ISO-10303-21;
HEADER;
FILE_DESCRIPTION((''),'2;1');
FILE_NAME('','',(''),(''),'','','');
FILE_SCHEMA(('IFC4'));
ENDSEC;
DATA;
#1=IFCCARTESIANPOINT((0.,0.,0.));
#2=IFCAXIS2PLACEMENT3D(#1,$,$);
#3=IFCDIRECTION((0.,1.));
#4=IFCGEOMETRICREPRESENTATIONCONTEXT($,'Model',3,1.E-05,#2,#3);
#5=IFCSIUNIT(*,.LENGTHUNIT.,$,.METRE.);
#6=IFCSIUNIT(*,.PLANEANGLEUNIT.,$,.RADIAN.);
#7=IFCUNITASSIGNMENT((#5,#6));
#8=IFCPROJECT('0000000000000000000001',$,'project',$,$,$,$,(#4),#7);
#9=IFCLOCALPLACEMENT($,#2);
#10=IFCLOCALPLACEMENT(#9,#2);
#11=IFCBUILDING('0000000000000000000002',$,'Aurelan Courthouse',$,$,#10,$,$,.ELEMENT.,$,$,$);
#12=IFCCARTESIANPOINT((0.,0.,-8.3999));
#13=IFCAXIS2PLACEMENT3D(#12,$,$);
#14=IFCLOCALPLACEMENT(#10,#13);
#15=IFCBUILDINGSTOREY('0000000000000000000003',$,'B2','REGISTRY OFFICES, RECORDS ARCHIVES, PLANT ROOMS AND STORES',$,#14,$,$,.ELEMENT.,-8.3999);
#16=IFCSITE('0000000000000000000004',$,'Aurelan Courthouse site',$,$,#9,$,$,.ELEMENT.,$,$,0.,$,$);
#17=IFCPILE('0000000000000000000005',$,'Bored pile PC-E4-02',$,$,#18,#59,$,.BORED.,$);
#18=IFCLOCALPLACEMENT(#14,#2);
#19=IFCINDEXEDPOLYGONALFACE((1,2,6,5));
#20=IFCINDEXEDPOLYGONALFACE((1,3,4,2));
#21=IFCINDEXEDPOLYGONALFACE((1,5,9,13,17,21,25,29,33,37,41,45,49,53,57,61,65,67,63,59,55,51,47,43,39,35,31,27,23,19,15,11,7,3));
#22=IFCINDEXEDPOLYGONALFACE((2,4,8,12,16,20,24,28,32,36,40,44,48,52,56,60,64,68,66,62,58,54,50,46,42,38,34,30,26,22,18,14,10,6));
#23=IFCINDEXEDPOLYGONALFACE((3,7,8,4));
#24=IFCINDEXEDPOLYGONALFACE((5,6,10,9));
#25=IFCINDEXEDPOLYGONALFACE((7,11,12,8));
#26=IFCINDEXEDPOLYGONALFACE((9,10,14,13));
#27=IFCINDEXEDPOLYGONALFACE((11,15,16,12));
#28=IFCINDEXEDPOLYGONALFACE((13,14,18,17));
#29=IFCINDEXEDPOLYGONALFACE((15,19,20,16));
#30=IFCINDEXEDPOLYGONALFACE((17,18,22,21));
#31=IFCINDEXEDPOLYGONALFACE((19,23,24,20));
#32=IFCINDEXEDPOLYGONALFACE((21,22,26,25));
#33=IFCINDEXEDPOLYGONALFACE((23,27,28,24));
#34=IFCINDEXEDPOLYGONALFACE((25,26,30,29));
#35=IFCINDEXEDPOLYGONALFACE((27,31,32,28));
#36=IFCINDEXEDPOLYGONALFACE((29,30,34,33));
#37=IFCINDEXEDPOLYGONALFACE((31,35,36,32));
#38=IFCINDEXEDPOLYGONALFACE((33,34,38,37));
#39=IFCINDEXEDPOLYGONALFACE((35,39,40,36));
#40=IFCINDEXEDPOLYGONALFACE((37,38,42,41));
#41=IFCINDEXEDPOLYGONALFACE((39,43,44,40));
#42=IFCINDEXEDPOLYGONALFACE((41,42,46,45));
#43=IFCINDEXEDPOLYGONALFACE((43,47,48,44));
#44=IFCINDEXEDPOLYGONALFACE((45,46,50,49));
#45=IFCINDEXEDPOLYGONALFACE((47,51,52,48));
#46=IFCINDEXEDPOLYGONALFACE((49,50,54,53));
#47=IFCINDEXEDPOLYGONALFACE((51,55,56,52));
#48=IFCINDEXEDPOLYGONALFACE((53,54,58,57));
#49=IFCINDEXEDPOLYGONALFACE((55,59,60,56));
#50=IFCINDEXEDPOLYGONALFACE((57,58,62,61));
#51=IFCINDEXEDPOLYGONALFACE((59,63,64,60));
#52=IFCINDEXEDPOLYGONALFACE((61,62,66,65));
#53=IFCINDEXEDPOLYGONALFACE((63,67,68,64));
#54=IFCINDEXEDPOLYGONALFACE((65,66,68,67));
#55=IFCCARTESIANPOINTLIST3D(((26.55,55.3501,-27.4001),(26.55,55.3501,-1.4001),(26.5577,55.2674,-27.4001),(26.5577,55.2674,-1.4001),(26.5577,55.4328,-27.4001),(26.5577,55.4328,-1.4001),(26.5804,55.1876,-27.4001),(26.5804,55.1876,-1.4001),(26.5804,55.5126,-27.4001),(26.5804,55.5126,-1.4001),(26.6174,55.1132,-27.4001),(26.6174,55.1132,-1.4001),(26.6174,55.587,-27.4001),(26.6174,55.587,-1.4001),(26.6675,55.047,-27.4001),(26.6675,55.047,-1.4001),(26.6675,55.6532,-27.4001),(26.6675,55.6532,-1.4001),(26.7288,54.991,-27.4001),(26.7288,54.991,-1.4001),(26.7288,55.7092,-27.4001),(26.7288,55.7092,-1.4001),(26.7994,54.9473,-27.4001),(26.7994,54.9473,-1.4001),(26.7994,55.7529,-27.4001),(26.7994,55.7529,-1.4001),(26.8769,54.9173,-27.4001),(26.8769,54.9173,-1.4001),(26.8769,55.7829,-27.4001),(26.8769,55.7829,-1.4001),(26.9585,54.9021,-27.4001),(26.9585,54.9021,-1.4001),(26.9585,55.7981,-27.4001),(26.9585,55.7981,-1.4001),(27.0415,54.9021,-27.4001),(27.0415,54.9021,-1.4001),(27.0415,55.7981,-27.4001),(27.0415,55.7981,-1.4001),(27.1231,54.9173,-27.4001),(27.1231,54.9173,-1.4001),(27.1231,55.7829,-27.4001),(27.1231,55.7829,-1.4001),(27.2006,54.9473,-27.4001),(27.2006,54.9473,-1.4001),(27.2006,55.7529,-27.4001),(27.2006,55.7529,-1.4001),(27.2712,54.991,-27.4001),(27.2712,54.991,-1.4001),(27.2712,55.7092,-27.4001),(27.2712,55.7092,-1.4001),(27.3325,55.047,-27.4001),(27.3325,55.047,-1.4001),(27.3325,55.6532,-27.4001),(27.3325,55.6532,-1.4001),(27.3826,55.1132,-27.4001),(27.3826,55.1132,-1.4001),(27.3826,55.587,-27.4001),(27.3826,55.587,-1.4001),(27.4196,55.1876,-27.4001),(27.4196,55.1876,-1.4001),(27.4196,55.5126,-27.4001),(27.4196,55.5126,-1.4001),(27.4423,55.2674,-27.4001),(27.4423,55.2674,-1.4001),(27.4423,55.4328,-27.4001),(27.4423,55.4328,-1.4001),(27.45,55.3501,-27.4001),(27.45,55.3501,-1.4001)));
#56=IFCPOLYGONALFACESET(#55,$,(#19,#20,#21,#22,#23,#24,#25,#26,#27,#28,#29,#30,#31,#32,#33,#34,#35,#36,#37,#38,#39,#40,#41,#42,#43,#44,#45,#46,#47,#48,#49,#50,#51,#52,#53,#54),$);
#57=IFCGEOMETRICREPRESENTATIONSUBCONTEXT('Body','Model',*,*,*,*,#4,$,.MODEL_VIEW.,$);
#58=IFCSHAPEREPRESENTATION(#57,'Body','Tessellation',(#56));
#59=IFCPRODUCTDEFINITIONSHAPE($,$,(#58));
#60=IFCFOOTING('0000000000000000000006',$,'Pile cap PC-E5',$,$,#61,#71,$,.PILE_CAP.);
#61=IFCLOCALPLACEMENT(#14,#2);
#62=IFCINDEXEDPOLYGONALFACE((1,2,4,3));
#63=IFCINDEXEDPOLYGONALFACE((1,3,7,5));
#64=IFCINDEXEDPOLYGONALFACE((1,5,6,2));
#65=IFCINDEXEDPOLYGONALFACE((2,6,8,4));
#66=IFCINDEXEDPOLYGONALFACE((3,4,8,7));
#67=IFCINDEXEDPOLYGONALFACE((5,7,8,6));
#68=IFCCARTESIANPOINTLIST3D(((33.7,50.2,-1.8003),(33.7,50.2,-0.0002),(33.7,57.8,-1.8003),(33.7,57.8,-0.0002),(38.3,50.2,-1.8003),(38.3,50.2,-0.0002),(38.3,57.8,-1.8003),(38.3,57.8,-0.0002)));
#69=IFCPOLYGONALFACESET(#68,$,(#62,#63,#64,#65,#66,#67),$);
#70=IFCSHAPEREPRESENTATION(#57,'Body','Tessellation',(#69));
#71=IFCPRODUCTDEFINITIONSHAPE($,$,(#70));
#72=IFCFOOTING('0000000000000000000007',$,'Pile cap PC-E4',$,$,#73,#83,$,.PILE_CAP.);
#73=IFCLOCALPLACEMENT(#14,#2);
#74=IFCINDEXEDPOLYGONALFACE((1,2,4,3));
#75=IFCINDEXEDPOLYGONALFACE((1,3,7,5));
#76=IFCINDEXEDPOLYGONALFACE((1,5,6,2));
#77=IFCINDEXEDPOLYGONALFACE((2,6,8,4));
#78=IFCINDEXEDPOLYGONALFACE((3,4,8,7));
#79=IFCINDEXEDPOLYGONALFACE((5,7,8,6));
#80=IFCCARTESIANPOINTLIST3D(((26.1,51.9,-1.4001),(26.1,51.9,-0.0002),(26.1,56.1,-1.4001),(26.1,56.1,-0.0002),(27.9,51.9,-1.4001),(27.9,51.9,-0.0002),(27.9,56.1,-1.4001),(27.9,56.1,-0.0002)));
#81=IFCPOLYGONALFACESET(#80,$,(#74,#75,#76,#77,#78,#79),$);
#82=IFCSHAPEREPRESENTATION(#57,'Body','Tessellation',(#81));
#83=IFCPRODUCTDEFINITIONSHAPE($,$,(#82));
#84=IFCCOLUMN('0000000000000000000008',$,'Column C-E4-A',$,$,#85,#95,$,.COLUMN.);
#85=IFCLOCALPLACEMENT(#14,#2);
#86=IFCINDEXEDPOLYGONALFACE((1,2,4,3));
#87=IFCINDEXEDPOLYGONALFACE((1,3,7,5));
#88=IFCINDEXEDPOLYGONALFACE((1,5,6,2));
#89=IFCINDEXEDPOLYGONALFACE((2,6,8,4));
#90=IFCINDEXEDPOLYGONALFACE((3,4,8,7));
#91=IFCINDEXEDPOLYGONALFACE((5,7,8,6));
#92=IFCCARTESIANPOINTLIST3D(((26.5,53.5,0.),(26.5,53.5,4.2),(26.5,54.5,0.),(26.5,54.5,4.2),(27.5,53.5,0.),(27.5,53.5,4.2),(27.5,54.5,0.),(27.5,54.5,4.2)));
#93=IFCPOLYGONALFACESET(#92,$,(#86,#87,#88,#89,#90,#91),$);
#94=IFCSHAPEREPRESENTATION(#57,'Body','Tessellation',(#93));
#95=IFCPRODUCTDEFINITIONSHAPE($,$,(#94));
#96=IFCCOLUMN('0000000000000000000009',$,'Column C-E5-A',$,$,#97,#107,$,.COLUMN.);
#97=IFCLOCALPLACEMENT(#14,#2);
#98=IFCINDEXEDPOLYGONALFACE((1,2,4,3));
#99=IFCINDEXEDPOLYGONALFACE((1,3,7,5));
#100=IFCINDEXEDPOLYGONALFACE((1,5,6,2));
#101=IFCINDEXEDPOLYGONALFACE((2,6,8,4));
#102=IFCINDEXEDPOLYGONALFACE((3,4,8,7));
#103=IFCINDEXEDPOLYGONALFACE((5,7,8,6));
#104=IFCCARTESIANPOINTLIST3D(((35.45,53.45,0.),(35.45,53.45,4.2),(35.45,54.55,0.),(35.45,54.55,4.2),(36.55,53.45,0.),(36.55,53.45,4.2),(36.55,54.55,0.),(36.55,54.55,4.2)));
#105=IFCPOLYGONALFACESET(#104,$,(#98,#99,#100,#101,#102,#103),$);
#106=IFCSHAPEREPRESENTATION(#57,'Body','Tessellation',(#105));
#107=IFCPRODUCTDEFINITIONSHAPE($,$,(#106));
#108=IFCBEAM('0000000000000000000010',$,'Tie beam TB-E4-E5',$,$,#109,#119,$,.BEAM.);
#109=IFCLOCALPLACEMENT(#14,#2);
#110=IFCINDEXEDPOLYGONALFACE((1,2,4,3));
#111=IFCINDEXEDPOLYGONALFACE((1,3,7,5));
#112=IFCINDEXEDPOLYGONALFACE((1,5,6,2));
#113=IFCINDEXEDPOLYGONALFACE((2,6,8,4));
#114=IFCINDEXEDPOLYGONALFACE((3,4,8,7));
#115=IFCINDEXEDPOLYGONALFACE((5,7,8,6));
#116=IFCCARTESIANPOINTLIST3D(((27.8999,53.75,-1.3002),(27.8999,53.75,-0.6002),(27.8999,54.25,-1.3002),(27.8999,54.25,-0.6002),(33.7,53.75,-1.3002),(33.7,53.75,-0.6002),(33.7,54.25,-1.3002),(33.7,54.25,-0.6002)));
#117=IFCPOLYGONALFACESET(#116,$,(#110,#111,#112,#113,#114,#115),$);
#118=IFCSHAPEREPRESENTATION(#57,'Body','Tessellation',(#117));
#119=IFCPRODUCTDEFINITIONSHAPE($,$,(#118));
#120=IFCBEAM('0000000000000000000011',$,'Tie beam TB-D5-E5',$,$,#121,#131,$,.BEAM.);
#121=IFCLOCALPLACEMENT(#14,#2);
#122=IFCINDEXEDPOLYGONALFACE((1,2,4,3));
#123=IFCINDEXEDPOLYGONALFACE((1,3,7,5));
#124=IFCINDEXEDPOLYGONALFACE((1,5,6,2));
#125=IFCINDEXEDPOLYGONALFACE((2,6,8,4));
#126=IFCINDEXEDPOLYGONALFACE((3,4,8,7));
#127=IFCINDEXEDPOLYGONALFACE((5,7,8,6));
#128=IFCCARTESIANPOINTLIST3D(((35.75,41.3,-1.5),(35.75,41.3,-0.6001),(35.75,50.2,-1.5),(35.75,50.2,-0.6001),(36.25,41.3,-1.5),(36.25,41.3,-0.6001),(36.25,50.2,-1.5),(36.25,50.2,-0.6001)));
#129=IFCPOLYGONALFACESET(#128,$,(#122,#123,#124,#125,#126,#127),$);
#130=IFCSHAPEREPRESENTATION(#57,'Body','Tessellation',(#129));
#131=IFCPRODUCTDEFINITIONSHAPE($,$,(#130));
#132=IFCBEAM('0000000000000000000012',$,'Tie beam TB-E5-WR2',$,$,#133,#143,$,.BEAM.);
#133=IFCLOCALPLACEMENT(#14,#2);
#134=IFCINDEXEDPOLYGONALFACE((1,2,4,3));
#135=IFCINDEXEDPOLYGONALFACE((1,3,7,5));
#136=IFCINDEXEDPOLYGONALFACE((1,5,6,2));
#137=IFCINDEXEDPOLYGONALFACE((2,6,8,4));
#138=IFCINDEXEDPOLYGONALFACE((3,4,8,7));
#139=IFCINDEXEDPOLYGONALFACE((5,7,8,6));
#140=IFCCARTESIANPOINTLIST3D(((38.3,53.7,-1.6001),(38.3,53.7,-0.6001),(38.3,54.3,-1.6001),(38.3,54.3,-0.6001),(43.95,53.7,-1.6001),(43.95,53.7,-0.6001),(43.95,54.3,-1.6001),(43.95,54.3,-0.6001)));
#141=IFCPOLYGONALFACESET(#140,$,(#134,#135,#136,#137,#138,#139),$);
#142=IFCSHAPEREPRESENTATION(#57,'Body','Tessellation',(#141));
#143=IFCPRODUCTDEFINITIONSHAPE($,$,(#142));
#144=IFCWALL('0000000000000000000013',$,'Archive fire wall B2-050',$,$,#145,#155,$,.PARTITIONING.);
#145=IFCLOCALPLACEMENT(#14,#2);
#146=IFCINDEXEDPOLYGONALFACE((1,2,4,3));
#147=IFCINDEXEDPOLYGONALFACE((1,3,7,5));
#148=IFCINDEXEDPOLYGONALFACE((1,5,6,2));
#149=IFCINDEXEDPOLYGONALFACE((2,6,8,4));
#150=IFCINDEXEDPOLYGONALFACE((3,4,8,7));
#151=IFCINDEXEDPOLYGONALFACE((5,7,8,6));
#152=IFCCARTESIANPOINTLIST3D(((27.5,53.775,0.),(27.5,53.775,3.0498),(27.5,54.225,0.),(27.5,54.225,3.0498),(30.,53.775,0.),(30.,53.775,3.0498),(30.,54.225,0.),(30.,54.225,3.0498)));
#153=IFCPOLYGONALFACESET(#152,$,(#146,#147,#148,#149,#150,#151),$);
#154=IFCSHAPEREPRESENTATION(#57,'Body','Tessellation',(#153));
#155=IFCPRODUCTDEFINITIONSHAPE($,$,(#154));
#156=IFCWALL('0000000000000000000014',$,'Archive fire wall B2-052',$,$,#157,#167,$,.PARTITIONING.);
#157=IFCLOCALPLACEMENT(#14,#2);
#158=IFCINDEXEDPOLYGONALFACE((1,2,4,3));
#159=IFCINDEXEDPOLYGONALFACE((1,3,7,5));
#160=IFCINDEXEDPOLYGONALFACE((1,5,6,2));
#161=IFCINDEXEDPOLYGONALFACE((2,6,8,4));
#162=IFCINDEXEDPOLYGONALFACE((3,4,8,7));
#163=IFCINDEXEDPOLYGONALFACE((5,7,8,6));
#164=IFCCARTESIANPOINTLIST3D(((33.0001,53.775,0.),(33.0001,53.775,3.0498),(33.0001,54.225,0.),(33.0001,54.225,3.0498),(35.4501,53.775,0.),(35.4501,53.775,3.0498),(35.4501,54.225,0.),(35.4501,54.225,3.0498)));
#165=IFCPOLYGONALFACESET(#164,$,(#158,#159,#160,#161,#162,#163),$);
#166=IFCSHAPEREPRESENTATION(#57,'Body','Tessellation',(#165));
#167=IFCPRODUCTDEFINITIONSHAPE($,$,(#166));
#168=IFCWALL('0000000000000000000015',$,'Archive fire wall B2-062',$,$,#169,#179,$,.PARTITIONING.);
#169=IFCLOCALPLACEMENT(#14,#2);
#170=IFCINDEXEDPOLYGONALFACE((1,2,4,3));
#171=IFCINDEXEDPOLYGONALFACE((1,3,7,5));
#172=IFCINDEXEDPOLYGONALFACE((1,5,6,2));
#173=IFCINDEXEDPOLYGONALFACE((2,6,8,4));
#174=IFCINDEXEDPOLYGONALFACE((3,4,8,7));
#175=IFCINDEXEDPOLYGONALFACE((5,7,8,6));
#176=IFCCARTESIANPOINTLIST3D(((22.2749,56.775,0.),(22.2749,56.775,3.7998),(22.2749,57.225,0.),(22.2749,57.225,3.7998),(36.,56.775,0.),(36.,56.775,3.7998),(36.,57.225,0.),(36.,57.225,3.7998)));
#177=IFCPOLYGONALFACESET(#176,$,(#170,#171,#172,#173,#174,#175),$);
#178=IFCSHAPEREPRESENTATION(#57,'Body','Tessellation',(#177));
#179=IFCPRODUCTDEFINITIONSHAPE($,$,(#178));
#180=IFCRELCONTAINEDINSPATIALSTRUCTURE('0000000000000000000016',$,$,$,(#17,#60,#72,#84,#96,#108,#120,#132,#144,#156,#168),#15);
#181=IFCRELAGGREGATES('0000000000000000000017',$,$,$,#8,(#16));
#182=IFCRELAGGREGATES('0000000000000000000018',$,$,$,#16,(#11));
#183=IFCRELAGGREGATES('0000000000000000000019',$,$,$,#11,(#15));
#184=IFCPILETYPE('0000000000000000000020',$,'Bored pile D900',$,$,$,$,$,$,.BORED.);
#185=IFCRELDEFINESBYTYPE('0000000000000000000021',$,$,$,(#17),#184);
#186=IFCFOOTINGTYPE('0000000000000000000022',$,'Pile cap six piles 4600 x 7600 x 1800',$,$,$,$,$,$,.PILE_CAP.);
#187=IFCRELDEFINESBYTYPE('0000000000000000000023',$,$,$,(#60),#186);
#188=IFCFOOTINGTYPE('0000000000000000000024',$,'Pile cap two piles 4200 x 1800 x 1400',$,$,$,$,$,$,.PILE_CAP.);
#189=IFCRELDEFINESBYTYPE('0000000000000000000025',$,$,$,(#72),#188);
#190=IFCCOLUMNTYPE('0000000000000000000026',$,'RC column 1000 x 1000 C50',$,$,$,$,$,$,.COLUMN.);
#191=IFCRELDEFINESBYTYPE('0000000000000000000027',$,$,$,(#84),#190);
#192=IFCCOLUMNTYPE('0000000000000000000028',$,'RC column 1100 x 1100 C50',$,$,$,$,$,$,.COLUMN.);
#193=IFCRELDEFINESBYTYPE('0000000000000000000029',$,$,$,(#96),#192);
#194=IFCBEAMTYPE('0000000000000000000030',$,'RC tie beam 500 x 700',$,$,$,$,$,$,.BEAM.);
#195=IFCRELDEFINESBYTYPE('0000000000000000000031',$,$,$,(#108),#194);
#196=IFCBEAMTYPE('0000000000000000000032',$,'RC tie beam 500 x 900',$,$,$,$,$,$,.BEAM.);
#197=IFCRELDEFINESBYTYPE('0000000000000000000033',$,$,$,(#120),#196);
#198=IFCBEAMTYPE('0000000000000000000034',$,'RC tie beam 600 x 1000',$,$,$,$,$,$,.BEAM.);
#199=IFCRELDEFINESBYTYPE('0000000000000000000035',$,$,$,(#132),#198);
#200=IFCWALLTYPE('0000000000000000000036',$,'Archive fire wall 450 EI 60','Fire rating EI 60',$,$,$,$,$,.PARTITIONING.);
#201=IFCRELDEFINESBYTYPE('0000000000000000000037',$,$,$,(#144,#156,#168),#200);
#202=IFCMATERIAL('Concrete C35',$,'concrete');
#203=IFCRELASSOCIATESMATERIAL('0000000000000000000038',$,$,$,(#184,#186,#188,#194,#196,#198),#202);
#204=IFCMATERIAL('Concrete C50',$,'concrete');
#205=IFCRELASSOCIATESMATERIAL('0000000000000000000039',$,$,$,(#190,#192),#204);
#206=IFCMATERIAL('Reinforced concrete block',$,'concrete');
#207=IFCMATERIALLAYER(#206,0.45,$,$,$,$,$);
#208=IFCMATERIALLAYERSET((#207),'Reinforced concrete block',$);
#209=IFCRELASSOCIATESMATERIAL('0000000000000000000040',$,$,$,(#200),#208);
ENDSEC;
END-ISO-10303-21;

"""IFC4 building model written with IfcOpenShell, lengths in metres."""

from ifc_helpers import new_model, si_unit, direction, frame, frame_2d, origin, origin_2d, place, context, subcontext, project, spatial, rectangle, circle, extrude, material, layer, layer_set, material_profile, profile_set, type_object, element, save


model = new_model("IFC4")

# Units and contexts
model_context = context("Model", 3, precision=1e-05, world=origin(), true_north=direction((0.0, 1.0)))
body_context = subcontext(model_context, "Body", "Model", "MODEL_VIEW")
ifc_project = project(units=[si_unit("LENGTHUNIT", "METRE"), si_unit("PLANEANGLEUNIT", "RADIAN")], contexts=[model_context])

# Site, building, storey
site_placement = place(None, origin())
site = spatial("IfcSite", under=ifc_project, at=site_placement, Name="Aurelan Courthouse site", CompositionType="ELEMENT", RefElevation=0.0)
building_placement = place(site_placement, origin())
building = spatial("IfcBuilding", under=site, at=building_placement, Name="Aurelan Courthouse", CompositionType="ELEMENT")
storey_placement = place(building_placement, frame((0.0, 0.0, -8.3999)))
storey = spatial("IfcBuildingStorey", under=building, at=storey_placement, Name="B2", Description="REGISTRY OFFICES, RECORDS ARCHIVES, PLANT ROOMS AND STORES", CompositionType="ELEMENT", Elevation=-8.3999)

# Pile
ifc_material_1 = material(Name="Concrete C35", Category="concrete")
ifc_material_profile_1 = material_profile(ifc_material_1, circle(Radius=0.45, at=origin_2d()), Name="D900")
ifc_profile_set_1 = profile_set([ifc_material_profile_1], Name="Concrete C35")
pile_type_1 = type_object("IfcPileType", Name="Bored pile D900", PredefinedType="BORED", material=ifc_profile_set_1)
for number, where, z_axis, x_axis, name in (
    (1, (27.0, 55.3501, -1.4001), (0.0, 0.0, -1.0), (1.0, 0.0, 0.0), "Bored pile PC-E4-02"),
):
    element("IfcPile", number, at=place(storey_placement, frame(where, z_axis=z_axis, x_axis=x_axis)), inside=storey, type_object=pile_type_1, Name=name, PredefinedType="BORED", context=body_context, shape_type="SweptSolid", body=[
        extrude(circle(Radius=0.45, at=origin_2d()), origin(), (0.0, 0.0, 1.0), 26.0),
    ])

# Footings
footing_type_1 = type_object("IfcFootingType", Name="Pile cap six piles 4600 x 7600 x 1800", PredefinedType="PILE_CAP", material=ifc_material_1)
footing_1_placement = place(storey_placement, frame((36.0, 54.0, -1.8003), z_axis=(0.0, 0.0, 1.0), x_axis=(1.0, 0.0, 0.0)))
element("IfcFooting", 2, at=footing_1_placement, inside=storey, type_object=footing_type_1, Name="Pile cap PC-E5", PredefinedType="PILE_CAP", context=body_context, shape_type="SweptSolid", body=[
    extrude(rectangle(XDim=4.6001, YDim=7.6001, at=origin_2d()), origin(), (0.0, 0.0, 1.0), 1.8),
])
footing_type_2 = type_object("IfcFootingType", Name="Pile cap two piles 4200 x 1800 x 1400", PredefinedType="PILE_CAP", material=ifc_material_1)
footing_2_placement = place(storey_placement, frame((27.0, 54.0, -1.4001), z_axis=(0.0, 0.0, 1.0), x_axis=(0.0, 1.0, 0.0)))
element("IfcFooting", 3, at=footing_2_placement, inside=storey, type_object=footing_type_2, Name="Pile cap PC-E4", PredefinedType="PILE_CAP", context=body_context, shape_type="SweptSolid", body=[
    extrude(rectangle(XDim=4.2, YDim=1.8, at=origin_2d()), origin(), (0.0, 0.0, 1.0), 1.3999),
])

# Columns
ifc_material_2 = material(Name="Concrete C50", Category="concrete")
ifc_material_profile_2 = material_profile(ifc_material_2, rectangle(XDim=1.0, YDim=1.0, at=origin_2d()), Name="RC 1000 x 1000")
ifc_profile_set_2 = profile_set([ifc_material_profile_2], Name="Concrete C50")
column_type_1 = type_object("IfcColumnType", Name="RC column 1000 x 1000 C50", PredefinedType="COLUMN", material=ifc_profile_set_2)
column_1_placement = place(storey_placement, frame((27.0, 54.0, 0.0), z_axis=(0.0, 0.0, 1.0), x_axis=(1.0, 0.0, 0.0)))
element("IfcColumn", 4, at=column_1_placement, inside=storey, type_object=column_type_1, Name="Column C-E4-A", PredefinedType="COLUMN", context=body_context, shape_type="SweptSolid", body=[
    extrude(rectangle(XDim=1.0, YDim=1.0, at=origin_2d()), origin(), (0.0, 0.0, 1.0), 4.2),
])
ifc_material_profile_3 = material_profile(ifc_material_2, rectangle(XDim=1.1001, YDim=1.1001, at=origin_2d()), Name="RC 1100 x 1100")
ifc_profile_set_3 = profile_set([ifc_material_profile_3], Name="Concrete C50")
column_type_2 = type_object("IfcColumnType", Name="RC column 1100 x 1100 C50", PredefinedType="COLUMN", material=ifc_profile_set_3)
column_2_placement = place(storey_placement, frame((36.0, 54.0, 0.0), z_axis=(0.0, 0.0, 1.0), x_axis=(1.0, 0.0, 0.0)))
element("IfcColumn", 5, at=column_2_placement, inside=storey, type_object=column_type_2, Name="Column C-E5-A", PredefinedType="COLUMN", context=body_context, shape_type="SweptSolid", body=[
    extrude(rectangle(XDim=1.1001, YDim=1.1001, at=origin_2d()), origin(), (0.0, 0.0, 1.0), 4.2),
])

# Beams
ifc_material_profile_4 = material_profile(ifc_material_1, rectangle(XDim=0.5, YDim=0.7, at=origin_2d()), Name="RC 500 x 700")
ifc_profile_set_4 = profile_set([ifc_material_profile_4], Name="Concrete C35")
beam_type_1 = type_object("IfcBeamType", Name="RC tie beam 500 x 700", PredefinedType="BEAM", material=ifc_profile_set_4)
beam_1_placement = place(storey_placement, frame((27.8999, 54.0, -0.9502), z_axis=(1.0, 0.0, 0.0), x_axis=(0.0, 1.0, 0.0)))
element("IfcBeam", 6, at=beam_1_placement, inside=storey, type_object=beam_type_1, Name="Tie beam TB-E4-E5", PredefinedType="BEAM", context=body_context, shape_type="SweptSolid", body=[
    extrude(rectangle(XDim=0.5, YDim=0.7, at=origin_2d()), origin(), (0.0, 0.0, 1.0), 5.8),
])
ifc_material_profile_5 = material_profile(ifc_material_1, rectangle(XDim=0.5, YDim=0.8999, at=origin_2d()), Name="RC 500 x 900")
ifc_profile_set_5 = profile_set([ifc_material_profile_5], Name="Concrete C35")
beam_type_2 = type_object("IfcBeamType", Name="RC tie beam 500 x 900", PredefinedType="BEAM", material=ifc_profile_set_5)
beam_2_placement = place(storey_placement, frame((36.0, 41.3, -1.05), z_axis=(0.0, 1.0, 0.0), x_axis=(-1.0, 0.0, 0.0)))
element("IfcBeam", 7, at=beam_2_placement, inside=storey, type_object=beam_type_2, Name="Tie beam TB-D5-E5", PredefinedType="BEAM", context=body_context, shape_type="SweptSolid", body=[
    extrude(rectangle(XDim=0.5, YDim=0.8999, at=origin_2d()), origin(), (0.0, 0.0, 1.0), 8.8999),
])
ifc_material_profile_6 = material_profile(ifc_material_1, rectangle(XDim=0.6001, YDim=1.0, at=origin_2d()), Name="RC 600 x 1000")
ifc_profile_set_6 = profile_set([ifc_material_profile_6], Name="Concrete C35")
beam_type_3 = type_object("IfcBeamType", Name="RC tie beam 600 x 1000", PredefinedType="BEAM", material=ifc_profile_set_6)
beam_3_placement = place(storey_placement, frame((38.3, 54.0, -1.1001), z_axis=(1.0, 0.0, 0.0), x_axis=(0.0, 1.0, 0.0)))
element("IfcBeam", 8, at=beam_3_placement, inside=storey, type_object=beam_type_3, Name="Tie beam TB-E5-WR2", PredefinedType="BEAM", context=body_context, shape_type="SweptSolid", body=[
    extrude(rectangle(XDim=0.6001, YDim=1.0, at=origin_2d()), origin(), (0.0, 0.0, 1.0), 5.6499),
])

# Shared definitions
ifc_material_3 = material(Name="Reinforced concrete block", Category="concrete")
ifc_layer_1 = layer(ifc_material_3, 0.45)
ifc_layer_set_1 = layer_set([ifc_layer_1], Name="Reinforced concrete block")
wall_type_1 = type_object("IfcWallType", Name="Archive fire wall 450 EI 60", Description="Fire rating EI 60", PredefinedType="PARTITIONING", material=ifc_layer_set_1)

# Walls
wall_1_placement = place(storey_placement, frame((27.5, 54.0, 0.0), z_axis=(0.0, 0.0, 1.0), x_axis=(1.0, 0.0, 0.0)))
element("IfcWall", 9, at=wall_1_placement, inside=storey, type_object=wall_type_1, Name="Archive fire wall B2-050", PredefinedType="PARTITIONING", context=body_context, shape_type="SweptSolid", body=[
    extrude(rectangle(XDim=2.5, YDim=0.45, at=frame_2d((1.25, 0.0))), origin(), (0.0, 0.0, 1.0), 3.0498),
])
wall_2_placement = place(storey_placement, frame((33.0, 54.0, 0.0), z_axis=(0.0, 0.0, 1.0), x_axis=(1.0, 0.0, 0.0)))
element("IfcWall", 10, at=wall_2_placement, inside=storey, type_object=wall_type_1, Name="Archive fire wall B2-052", PredefinedType="PARTITIONING", context=body_context, shape_type="SweptSolid", body=[
    extrude(rectangle(XDim=2.45, YDim=0.45, at=frame_2d((1.2251, 0.0))), origin(), (0.0, 0.0, 1.0), 3.0498),
])
wall_3_placement = place(storey_placement, frame((22.2749, 57.0, 0.0), z_axis=(0.0, 0.0, 1.0), x_axis=(1.0, 0.0, 0.0)))
element("IfcWall", 11, at=wall_3_placement, inside=storey, type_object=wall_type_1, Name="Archive fire wall B2-062", PredefinedType="PARTITIONING", context=body_context, shape_type="SweptSolid", body=[
    extrude(rectangle(XDim=13.7251, YDim=0.45, at=frame_2d((6.8625, 0.0))), origin(), (0.0, 0.0, 1.0), 3.7998),
])

save(model, "model.ifc")
